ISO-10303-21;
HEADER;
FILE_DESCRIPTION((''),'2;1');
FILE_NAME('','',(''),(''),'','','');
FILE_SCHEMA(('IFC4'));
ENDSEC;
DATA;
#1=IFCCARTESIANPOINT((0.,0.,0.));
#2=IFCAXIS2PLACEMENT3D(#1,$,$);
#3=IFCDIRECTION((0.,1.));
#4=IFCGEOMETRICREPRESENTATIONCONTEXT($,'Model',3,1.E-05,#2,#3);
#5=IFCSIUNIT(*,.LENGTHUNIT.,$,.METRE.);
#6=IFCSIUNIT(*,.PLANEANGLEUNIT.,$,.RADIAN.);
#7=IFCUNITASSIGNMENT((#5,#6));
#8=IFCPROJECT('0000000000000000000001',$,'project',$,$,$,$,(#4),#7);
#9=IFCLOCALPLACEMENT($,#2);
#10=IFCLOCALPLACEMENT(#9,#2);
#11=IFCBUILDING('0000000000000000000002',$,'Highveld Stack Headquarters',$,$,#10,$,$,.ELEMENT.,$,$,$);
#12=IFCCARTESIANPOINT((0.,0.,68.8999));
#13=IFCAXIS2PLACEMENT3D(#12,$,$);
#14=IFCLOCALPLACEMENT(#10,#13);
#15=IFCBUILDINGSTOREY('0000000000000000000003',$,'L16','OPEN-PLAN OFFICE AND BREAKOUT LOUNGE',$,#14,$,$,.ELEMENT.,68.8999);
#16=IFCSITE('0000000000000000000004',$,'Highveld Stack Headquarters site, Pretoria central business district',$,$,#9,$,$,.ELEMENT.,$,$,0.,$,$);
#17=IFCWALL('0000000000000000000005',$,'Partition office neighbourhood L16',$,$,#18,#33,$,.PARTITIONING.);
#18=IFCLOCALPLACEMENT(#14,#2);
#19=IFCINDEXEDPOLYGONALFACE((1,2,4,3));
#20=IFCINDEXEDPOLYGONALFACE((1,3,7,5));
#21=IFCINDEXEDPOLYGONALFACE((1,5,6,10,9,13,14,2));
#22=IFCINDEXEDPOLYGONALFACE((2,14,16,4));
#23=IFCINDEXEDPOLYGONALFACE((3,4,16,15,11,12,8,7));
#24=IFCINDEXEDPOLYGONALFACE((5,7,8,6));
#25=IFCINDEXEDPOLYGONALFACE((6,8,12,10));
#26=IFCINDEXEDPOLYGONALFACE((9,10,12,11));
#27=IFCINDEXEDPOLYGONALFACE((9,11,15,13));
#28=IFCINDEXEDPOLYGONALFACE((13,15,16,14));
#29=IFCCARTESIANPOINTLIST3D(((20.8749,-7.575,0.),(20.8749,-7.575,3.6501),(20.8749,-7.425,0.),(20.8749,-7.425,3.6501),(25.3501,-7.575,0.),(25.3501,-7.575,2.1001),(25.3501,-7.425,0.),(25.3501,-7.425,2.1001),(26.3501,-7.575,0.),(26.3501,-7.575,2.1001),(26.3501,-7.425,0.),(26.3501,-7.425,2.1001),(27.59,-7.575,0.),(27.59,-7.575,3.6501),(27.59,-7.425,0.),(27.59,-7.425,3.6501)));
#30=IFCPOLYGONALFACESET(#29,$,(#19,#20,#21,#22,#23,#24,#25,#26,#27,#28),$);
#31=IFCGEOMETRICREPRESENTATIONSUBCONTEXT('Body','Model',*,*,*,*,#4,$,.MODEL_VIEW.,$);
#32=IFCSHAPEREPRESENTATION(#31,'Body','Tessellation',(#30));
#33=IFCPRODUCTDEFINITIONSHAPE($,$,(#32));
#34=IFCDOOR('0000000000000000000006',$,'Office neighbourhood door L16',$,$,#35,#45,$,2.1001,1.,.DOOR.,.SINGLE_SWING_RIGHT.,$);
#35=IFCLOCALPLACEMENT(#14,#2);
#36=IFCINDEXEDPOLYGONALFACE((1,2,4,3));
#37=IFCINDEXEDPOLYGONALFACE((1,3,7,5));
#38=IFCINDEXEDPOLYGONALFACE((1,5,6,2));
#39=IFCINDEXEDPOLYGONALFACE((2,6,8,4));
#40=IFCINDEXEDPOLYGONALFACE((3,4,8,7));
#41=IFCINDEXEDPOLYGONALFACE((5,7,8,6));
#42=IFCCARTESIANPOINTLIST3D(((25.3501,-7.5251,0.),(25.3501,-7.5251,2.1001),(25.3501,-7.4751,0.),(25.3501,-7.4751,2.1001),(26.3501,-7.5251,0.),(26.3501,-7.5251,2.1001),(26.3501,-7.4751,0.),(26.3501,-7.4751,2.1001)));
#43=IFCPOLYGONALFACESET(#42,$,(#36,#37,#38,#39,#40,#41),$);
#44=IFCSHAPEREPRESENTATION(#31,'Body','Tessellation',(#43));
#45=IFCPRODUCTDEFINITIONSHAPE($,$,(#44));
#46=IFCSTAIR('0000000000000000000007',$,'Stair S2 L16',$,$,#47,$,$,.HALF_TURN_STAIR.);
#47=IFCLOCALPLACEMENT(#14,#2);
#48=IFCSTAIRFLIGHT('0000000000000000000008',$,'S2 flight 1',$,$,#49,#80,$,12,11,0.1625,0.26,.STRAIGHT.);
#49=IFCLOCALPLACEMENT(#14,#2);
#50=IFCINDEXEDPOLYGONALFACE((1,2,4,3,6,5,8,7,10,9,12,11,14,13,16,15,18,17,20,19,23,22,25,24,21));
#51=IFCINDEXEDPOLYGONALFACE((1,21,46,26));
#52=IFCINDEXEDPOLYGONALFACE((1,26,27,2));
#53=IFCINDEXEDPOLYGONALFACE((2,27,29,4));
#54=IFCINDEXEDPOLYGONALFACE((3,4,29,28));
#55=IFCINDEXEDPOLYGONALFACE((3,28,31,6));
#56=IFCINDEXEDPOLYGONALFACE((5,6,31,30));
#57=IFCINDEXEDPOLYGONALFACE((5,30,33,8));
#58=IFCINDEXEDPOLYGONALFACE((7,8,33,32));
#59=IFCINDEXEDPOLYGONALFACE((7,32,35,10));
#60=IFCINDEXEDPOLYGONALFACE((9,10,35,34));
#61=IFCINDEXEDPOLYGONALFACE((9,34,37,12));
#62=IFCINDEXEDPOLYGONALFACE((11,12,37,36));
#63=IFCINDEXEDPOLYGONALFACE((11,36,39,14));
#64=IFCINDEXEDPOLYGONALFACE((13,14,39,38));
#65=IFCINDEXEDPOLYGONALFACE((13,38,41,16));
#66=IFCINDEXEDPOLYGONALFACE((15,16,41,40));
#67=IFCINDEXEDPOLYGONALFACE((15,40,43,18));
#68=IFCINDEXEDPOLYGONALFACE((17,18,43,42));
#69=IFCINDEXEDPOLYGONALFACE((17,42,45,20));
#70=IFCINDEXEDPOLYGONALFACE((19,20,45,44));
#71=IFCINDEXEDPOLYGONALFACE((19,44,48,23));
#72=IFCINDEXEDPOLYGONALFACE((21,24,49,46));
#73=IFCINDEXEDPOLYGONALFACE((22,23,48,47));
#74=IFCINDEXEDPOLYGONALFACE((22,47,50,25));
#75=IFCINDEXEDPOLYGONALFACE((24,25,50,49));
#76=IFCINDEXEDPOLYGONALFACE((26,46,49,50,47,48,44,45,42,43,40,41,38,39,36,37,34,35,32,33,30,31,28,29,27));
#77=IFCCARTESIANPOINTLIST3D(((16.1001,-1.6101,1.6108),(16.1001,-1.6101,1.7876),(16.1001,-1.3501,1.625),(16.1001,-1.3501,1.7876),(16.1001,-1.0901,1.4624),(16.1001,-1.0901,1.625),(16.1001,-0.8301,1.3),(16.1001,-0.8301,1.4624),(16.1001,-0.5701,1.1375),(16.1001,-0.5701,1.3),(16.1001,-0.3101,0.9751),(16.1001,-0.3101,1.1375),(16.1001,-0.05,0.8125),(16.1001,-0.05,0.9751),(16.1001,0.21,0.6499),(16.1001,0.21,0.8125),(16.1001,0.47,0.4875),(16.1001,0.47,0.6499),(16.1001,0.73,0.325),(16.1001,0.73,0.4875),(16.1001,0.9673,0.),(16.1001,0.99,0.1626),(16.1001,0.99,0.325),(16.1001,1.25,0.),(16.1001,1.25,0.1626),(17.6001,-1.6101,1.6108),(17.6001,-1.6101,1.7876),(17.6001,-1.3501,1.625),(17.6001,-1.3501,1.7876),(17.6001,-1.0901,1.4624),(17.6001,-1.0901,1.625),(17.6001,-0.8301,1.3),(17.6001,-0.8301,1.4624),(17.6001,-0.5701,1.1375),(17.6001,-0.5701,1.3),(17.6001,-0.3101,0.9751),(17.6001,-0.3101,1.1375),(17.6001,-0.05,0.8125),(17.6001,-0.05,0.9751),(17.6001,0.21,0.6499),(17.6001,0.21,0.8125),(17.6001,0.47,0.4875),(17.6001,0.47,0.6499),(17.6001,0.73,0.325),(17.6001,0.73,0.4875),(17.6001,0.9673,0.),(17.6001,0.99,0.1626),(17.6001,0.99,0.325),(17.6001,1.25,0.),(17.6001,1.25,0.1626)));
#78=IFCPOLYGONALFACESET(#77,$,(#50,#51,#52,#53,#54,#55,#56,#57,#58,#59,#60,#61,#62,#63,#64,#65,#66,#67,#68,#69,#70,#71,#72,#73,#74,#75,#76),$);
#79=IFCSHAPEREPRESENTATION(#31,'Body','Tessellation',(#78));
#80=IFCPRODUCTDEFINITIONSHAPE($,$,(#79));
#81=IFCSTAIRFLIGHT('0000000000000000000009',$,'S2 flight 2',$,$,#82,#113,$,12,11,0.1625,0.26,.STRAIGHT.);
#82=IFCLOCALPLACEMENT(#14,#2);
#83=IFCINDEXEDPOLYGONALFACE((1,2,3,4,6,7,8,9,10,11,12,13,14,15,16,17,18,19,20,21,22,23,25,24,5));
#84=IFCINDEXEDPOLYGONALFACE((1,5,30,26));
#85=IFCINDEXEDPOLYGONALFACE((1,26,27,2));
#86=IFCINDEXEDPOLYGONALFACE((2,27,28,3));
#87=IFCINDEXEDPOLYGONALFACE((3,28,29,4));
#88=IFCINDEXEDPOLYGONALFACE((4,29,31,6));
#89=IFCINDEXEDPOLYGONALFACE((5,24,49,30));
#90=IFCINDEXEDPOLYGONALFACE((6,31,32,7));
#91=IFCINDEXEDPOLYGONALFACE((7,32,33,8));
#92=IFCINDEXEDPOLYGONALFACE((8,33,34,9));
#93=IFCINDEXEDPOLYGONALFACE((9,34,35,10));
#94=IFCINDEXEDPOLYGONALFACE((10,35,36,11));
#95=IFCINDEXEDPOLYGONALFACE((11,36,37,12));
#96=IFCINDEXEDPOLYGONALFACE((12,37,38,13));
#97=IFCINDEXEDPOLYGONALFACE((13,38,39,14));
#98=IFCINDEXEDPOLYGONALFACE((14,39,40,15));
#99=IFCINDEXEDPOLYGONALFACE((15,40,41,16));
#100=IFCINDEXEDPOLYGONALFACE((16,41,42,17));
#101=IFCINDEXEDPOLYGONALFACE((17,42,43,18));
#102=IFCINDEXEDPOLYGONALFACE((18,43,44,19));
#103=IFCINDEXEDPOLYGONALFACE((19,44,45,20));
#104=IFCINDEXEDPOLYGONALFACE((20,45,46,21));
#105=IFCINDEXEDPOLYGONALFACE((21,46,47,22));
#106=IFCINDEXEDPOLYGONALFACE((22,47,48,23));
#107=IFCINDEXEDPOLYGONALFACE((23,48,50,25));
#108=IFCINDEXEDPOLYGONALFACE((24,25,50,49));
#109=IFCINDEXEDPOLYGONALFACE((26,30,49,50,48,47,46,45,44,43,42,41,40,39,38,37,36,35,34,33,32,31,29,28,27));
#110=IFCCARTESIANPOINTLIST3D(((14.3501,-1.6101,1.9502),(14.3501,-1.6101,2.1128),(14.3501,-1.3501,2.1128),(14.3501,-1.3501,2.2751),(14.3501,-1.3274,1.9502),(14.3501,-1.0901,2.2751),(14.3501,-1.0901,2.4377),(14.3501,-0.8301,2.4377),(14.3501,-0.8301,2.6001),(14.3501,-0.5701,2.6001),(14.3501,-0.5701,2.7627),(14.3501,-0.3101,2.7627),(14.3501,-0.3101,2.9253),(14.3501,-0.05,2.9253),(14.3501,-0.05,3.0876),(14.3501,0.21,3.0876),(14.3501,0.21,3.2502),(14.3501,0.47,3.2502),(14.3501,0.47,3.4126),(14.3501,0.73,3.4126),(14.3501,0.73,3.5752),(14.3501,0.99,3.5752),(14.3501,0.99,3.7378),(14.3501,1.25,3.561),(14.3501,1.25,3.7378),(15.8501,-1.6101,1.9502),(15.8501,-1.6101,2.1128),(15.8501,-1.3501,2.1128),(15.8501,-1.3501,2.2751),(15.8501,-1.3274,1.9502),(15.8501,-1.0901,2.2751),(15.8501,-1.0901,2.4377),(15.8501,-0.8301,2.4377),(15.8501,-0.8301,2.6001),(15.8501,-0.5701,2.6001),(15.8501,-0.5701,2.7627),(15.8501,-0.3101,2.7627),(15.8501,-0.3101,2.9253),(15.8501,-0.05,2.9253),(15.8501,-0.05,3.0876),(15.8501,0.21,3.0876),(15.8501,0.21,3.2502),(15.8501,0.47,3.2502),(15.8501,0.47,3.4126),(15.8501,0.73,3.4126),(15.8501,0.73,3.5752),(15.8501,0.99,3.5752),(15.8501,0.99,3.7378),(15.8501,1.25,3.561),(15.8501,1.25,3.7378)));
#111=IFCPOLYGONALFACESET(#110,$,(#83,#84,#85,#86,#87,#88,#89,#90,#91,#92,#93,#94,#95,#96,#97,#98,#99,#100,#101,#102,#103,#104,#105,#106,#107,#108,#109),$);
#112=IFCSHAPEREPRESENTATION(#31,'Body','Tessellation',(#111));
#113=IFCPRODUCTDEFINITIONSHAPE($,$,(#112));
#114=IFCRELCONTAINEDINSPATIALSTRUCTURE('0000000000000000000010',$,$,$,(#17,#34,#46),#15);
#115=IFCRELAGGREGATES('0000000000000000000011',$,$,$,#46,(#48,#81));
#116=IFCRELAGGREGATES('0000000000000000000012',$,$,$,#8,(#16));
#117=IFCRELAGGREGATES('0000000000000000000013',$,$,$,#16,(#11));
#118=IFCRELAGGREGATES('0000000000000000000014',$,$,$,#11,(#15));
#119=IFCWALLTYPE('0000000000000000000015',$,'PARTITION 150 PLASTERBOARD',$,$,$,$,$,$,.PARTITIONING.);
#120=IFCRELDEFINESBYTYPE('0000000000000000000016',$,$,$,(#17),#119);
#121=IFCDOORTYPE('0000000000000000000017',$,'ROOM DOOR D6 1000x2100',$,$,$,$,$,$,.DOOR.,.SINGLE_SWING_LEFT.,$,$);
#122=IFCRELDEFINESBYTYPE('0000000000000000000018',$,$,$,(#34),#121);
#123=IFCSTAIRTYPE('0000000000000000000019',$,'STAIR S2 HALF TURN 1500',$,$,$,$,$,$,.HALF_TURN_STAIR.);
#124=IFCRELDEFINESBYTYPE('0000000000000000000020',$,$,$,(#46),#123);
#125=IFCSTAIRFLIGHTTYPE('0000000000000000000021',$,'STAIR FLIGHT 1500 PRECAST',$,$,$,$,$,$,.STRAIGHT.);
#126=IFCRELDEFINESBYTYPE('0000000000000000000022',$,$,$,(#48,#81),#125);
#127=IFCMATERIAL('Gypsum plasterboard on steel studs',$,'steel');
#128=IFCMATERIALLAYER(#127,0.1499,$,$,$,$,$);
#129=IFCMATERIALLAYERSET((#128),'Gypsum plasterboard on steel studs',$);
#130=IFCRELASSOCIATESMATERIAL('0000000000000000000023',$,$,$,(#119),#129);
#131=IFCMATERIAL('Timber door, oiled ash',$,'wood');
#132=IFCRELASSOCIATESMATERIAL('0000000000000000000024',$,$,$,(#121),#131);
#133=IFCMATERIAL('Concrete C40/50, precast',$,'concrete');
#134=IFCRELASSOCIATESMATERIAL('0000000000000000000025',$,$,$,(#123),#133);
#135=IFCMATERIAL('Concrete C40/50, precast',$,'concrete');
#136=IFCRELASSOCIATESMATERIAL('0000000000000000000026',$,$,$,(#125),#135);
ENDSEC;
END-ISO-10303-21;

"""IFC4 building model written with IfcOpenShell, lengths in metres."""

from ifc_helpers import new_model, si_unit, direction, frame, frame_2d, origin, place, context, subcontext, project, spatial, polyline, rectangle, outline, extrude, material, layer, layer_set, type_object, element, fill, aggregate, save


model = new_model("IFC4")

# Units and contexts
model_context = context("Model", 3, precision=1e-05, world=origin(), true_north=direction((0.0, 1.0)))
body_context = subcontext(model_context, "Body", "Model", "MODEL_VIEW")
ifc_project = project(units=[si_unit("LENGTHUNIT", "METRE"), si_unit("PLANEANGLEUNIT", "RADIAN")], contexts=[model_context])

# Site, building, storey
site_placement = place(None, origin())
site = spatial("IfcSite", under=ifc_project, at=site_placement, Name="Highveld Stack Headquarters site, Pretoria central business district", CompositionType="ELEMENT", RefElevation=0.0)
building_placement = place(site_placement, origin())
building = spatial("IfcBuilding", under=site, at=building_placement, Name="Highveld Stack Headquarters", CompositionType="ELEMENT")
storey_placement = place(building_placement, frame((0.0, 0.0, 68.8999)))
storey = spatial("IfcBuildingStorey", under=building, at=storey_placement, Name="L16", Description="OPEN-PLAN OFFICE AND BREAKOUT LOUNGE", CompositionType="ELEMENT", Elevation=68.8999)

# Wall, opening, door
ifc_material_1 = material(Name="Gypsum plasterboard on steel studs", Category="steel")
ifc_layer_1 = layer(ifc_material_1, 0.1499)
ifc_layer_set_1 = layer_set([ifc_layer_1], Name="Gypsum plasterboard on steel studs")
wall_type_1 = type_object("IfcWallType", Name="PARTITION 150 PLASTERBOARD", PredefinedType="PARTITIONING", material=ifc_layer_set_1)
ifc_material_2 = material(Name="Timber door, oiled ash", Category="wood")
door_type_1 = type_object("IfcDoorType", Name="ROOM DOOR D6 1000x2100", OperationType="SINGLE_SWING_LEFT", PredefinedType="DOOR", material=ifc_material_2)
wall_1_placement = place(storey_placement, frame((20.875, -7.5, 0.0), z_axis=(0.0, 0.0, 1.0), x_axis=(1.0, 0.0, 0.0)))
wall_1 = element("IfcWall", 1, at=wall_1_placement, inside=storey, type_object=wall_type_1, Name="Partition office neighbourhood L16", PredefinedType="PARTITIONING", context=body_context, shape_type="SweptSolid", body=[
    extrude(rectangle(XDim=6.7151, YDim=0.1499, at=frame_2d((3.3574, 0.0))), origin(), (0.0, 0.0, 1.0), 3.6501),
])
opening_1_placement = place(wall_1_placement, frame((4.4751, 0.0, 0.0)))
opening_1 = element("IfcOpeningElement", 2, at=opening_1_placement, cuts=wall_1, PredefinedType="OPENING", context=body_context, shape_type="SweptSolid", body=[
    extrude(rectangle(XDim=1.0, YDim=2.1001, at=frame_2d((0.5, 1.05))), frame((0.0, 0.085, 0.0), z_axis=(0.0, -1.0, 0.0), x_axis=(1.0, 0.0, 0.0)), (0.0, 0.0, 1.0), 0.1699),
])
door_1_placement = place(opening_1_placement, origin())
door_1 = element("IfcDoor", 3, at=door_1_placement, inside=storey, type_object=door_type_1, Name="Office neighbourhood door L16", OperationType="SINGLE_SWING_RIGHT", OverallHeight=2.1001, OverallWidth=1.0, PredefinedType="DOOR", context=body_context, shape_type="SweptSolid", body=[
    extrude(rectangle(XDim=1.0, YDim=2.1001, at=frame_2d((0.5, 1.05))), frame((0.0, 0.0249, 0.0), z_axis=(0.0, -1.0, 0.0), x_axis=(1.0, 0.0, 0.0)), (0.0, 0.0, 1.0), 0.05),
])
fill(opening_1, door_1)

# Stair, stair flights
ifc_material_3 = material(Name="Concrete C40/50, precast", Category="concrete")
stair_type = type_object("IfcStairType", Name="STAIR S2 HALF TURN 1500", PredefinedType="HALF_TURN_STAIR", material=ifc_material_3)
stair_placement = place(storey_placement, origin())
stair = element("IfcStair", 4, at=stair_placement, inside=storey, type_object=stair_type, Name="Stair S2 L16", PredefinedType="HALF_TURN_STAIR")
ifc_material_4 = material(Name="Concrete C40/50, precast", Category="concrete")
stair_flight_type = type_object("IfcStairFlightType", Name="STAIR FLIGHT 1500 PRECAST", PredefinedType="STRAIGHT", material=ifc_material_4)
stair_flight_1_placement = place(storey_placement, frame((16.8501, 1.25, 0.0), z_axis=(0.0, 0.0, 1.0), x_axis=(0.0, -1.0, 0.0)))
stair_flight_1 = element("IfcStairFlight", 5, at=stair_flight_1_placement, type_object=stair_flight_type, Name="S2 flight 1", NumberOfRisers=12, NumberOfTreads=11, PredefinedType="STRAIGHT", RiserHeight=0.1625, TreadLength=0.26, context=body_context, shape_type="SweptSolid", body=[
    extrude(outline(polyline([(0.0, 0.0), (0.0, 0.1626), (0.26, 0.1626), (0.26, 0.325), (0.52, 0.325), (0.52, 0.4875), (0.78, 0.4875), (0.78, 0.6499), (1.04, 0.6499), (1.04, 0.8125), (1.3, 0.8125), (1.3, 0.9751), (1.5601, 0.9751), (1.5601, 1.1375), (1.8201, 1.1375), (1.8201, 1.3), (2.0801, 1.3), (2.0801, 1.4624), (2.3401, 1.4624), (2.3401, 1.625), (2.6001, 1.625), (2.6001, 1.7876), (2.8601, 1.7876), (2.8601, 1.95), (2.8601, 1.6108), (0.2827, 0.0), (0.0, 0.0)])), frame((0.0, 0.75, 0.0), z_axis=(0.0, -1.0, 0.0), x_axis=(1.0, 0.0, 0.0)), (0.0, 0.0, 1.0), 1.5),
])
stair_flight_2_placement = place(storey_placement, frame((15.1001, -1.6101, 1.9502), z_axis=(0.0, 0.0, 1.0), x_axis=(0.0, 1.0, 0.0)))
stair_flight_2 = element("IfcStairFlight", 6, at=stair_flight_2_placement, type_object=stair_flight_type, Name="S2 flight 2", NumberOfRisers=12, NumberOfTreads=11, PredefinedType="STRAIGHT", RiserHeight=0.1625, TreadLength=0.26, context=body_context, shape_type="SweptSolid", body=[
    extrude(outline(polyline([(0.0, 0.0), (0.0, 0.1626), (0.26, 0.1626), (0.26, 0.325), (0.52, 0.325), (0.52, 0.4875), (0.78, 0.4875), (0.78, 0.6499), (1.04, 0.6499), (1.04, 0.8125), (1.3, 0.8125), (1.3, 0.9751), (1.5601, 0.9751), (1.5601, 1.1375), (1.8201, 1.1375), (1.8201, 1.3), (2.0801, 1.3), (2.0801, 1.4624), (2.3401, 1.4624), (2.3401, 1.625), (2.6001, 1.625), (2.6001, 1.7876), (2.8601, 1.7876), (2.8601, 1.95), (2.8601, 1.6108), (0.2827, 0.0), (0.0, 0.0)])), frame((0.0, 0.75, 0.0), z_axis=(0.0, -1.0, 0.0), x_axis=(1.0, 0.0, 0.0)), (0.0, 0.0, 1.0), 1.5),
])
aggregate(stair, [stair_flight_1, stair_flight_2])

save(model, "model.ifc")
